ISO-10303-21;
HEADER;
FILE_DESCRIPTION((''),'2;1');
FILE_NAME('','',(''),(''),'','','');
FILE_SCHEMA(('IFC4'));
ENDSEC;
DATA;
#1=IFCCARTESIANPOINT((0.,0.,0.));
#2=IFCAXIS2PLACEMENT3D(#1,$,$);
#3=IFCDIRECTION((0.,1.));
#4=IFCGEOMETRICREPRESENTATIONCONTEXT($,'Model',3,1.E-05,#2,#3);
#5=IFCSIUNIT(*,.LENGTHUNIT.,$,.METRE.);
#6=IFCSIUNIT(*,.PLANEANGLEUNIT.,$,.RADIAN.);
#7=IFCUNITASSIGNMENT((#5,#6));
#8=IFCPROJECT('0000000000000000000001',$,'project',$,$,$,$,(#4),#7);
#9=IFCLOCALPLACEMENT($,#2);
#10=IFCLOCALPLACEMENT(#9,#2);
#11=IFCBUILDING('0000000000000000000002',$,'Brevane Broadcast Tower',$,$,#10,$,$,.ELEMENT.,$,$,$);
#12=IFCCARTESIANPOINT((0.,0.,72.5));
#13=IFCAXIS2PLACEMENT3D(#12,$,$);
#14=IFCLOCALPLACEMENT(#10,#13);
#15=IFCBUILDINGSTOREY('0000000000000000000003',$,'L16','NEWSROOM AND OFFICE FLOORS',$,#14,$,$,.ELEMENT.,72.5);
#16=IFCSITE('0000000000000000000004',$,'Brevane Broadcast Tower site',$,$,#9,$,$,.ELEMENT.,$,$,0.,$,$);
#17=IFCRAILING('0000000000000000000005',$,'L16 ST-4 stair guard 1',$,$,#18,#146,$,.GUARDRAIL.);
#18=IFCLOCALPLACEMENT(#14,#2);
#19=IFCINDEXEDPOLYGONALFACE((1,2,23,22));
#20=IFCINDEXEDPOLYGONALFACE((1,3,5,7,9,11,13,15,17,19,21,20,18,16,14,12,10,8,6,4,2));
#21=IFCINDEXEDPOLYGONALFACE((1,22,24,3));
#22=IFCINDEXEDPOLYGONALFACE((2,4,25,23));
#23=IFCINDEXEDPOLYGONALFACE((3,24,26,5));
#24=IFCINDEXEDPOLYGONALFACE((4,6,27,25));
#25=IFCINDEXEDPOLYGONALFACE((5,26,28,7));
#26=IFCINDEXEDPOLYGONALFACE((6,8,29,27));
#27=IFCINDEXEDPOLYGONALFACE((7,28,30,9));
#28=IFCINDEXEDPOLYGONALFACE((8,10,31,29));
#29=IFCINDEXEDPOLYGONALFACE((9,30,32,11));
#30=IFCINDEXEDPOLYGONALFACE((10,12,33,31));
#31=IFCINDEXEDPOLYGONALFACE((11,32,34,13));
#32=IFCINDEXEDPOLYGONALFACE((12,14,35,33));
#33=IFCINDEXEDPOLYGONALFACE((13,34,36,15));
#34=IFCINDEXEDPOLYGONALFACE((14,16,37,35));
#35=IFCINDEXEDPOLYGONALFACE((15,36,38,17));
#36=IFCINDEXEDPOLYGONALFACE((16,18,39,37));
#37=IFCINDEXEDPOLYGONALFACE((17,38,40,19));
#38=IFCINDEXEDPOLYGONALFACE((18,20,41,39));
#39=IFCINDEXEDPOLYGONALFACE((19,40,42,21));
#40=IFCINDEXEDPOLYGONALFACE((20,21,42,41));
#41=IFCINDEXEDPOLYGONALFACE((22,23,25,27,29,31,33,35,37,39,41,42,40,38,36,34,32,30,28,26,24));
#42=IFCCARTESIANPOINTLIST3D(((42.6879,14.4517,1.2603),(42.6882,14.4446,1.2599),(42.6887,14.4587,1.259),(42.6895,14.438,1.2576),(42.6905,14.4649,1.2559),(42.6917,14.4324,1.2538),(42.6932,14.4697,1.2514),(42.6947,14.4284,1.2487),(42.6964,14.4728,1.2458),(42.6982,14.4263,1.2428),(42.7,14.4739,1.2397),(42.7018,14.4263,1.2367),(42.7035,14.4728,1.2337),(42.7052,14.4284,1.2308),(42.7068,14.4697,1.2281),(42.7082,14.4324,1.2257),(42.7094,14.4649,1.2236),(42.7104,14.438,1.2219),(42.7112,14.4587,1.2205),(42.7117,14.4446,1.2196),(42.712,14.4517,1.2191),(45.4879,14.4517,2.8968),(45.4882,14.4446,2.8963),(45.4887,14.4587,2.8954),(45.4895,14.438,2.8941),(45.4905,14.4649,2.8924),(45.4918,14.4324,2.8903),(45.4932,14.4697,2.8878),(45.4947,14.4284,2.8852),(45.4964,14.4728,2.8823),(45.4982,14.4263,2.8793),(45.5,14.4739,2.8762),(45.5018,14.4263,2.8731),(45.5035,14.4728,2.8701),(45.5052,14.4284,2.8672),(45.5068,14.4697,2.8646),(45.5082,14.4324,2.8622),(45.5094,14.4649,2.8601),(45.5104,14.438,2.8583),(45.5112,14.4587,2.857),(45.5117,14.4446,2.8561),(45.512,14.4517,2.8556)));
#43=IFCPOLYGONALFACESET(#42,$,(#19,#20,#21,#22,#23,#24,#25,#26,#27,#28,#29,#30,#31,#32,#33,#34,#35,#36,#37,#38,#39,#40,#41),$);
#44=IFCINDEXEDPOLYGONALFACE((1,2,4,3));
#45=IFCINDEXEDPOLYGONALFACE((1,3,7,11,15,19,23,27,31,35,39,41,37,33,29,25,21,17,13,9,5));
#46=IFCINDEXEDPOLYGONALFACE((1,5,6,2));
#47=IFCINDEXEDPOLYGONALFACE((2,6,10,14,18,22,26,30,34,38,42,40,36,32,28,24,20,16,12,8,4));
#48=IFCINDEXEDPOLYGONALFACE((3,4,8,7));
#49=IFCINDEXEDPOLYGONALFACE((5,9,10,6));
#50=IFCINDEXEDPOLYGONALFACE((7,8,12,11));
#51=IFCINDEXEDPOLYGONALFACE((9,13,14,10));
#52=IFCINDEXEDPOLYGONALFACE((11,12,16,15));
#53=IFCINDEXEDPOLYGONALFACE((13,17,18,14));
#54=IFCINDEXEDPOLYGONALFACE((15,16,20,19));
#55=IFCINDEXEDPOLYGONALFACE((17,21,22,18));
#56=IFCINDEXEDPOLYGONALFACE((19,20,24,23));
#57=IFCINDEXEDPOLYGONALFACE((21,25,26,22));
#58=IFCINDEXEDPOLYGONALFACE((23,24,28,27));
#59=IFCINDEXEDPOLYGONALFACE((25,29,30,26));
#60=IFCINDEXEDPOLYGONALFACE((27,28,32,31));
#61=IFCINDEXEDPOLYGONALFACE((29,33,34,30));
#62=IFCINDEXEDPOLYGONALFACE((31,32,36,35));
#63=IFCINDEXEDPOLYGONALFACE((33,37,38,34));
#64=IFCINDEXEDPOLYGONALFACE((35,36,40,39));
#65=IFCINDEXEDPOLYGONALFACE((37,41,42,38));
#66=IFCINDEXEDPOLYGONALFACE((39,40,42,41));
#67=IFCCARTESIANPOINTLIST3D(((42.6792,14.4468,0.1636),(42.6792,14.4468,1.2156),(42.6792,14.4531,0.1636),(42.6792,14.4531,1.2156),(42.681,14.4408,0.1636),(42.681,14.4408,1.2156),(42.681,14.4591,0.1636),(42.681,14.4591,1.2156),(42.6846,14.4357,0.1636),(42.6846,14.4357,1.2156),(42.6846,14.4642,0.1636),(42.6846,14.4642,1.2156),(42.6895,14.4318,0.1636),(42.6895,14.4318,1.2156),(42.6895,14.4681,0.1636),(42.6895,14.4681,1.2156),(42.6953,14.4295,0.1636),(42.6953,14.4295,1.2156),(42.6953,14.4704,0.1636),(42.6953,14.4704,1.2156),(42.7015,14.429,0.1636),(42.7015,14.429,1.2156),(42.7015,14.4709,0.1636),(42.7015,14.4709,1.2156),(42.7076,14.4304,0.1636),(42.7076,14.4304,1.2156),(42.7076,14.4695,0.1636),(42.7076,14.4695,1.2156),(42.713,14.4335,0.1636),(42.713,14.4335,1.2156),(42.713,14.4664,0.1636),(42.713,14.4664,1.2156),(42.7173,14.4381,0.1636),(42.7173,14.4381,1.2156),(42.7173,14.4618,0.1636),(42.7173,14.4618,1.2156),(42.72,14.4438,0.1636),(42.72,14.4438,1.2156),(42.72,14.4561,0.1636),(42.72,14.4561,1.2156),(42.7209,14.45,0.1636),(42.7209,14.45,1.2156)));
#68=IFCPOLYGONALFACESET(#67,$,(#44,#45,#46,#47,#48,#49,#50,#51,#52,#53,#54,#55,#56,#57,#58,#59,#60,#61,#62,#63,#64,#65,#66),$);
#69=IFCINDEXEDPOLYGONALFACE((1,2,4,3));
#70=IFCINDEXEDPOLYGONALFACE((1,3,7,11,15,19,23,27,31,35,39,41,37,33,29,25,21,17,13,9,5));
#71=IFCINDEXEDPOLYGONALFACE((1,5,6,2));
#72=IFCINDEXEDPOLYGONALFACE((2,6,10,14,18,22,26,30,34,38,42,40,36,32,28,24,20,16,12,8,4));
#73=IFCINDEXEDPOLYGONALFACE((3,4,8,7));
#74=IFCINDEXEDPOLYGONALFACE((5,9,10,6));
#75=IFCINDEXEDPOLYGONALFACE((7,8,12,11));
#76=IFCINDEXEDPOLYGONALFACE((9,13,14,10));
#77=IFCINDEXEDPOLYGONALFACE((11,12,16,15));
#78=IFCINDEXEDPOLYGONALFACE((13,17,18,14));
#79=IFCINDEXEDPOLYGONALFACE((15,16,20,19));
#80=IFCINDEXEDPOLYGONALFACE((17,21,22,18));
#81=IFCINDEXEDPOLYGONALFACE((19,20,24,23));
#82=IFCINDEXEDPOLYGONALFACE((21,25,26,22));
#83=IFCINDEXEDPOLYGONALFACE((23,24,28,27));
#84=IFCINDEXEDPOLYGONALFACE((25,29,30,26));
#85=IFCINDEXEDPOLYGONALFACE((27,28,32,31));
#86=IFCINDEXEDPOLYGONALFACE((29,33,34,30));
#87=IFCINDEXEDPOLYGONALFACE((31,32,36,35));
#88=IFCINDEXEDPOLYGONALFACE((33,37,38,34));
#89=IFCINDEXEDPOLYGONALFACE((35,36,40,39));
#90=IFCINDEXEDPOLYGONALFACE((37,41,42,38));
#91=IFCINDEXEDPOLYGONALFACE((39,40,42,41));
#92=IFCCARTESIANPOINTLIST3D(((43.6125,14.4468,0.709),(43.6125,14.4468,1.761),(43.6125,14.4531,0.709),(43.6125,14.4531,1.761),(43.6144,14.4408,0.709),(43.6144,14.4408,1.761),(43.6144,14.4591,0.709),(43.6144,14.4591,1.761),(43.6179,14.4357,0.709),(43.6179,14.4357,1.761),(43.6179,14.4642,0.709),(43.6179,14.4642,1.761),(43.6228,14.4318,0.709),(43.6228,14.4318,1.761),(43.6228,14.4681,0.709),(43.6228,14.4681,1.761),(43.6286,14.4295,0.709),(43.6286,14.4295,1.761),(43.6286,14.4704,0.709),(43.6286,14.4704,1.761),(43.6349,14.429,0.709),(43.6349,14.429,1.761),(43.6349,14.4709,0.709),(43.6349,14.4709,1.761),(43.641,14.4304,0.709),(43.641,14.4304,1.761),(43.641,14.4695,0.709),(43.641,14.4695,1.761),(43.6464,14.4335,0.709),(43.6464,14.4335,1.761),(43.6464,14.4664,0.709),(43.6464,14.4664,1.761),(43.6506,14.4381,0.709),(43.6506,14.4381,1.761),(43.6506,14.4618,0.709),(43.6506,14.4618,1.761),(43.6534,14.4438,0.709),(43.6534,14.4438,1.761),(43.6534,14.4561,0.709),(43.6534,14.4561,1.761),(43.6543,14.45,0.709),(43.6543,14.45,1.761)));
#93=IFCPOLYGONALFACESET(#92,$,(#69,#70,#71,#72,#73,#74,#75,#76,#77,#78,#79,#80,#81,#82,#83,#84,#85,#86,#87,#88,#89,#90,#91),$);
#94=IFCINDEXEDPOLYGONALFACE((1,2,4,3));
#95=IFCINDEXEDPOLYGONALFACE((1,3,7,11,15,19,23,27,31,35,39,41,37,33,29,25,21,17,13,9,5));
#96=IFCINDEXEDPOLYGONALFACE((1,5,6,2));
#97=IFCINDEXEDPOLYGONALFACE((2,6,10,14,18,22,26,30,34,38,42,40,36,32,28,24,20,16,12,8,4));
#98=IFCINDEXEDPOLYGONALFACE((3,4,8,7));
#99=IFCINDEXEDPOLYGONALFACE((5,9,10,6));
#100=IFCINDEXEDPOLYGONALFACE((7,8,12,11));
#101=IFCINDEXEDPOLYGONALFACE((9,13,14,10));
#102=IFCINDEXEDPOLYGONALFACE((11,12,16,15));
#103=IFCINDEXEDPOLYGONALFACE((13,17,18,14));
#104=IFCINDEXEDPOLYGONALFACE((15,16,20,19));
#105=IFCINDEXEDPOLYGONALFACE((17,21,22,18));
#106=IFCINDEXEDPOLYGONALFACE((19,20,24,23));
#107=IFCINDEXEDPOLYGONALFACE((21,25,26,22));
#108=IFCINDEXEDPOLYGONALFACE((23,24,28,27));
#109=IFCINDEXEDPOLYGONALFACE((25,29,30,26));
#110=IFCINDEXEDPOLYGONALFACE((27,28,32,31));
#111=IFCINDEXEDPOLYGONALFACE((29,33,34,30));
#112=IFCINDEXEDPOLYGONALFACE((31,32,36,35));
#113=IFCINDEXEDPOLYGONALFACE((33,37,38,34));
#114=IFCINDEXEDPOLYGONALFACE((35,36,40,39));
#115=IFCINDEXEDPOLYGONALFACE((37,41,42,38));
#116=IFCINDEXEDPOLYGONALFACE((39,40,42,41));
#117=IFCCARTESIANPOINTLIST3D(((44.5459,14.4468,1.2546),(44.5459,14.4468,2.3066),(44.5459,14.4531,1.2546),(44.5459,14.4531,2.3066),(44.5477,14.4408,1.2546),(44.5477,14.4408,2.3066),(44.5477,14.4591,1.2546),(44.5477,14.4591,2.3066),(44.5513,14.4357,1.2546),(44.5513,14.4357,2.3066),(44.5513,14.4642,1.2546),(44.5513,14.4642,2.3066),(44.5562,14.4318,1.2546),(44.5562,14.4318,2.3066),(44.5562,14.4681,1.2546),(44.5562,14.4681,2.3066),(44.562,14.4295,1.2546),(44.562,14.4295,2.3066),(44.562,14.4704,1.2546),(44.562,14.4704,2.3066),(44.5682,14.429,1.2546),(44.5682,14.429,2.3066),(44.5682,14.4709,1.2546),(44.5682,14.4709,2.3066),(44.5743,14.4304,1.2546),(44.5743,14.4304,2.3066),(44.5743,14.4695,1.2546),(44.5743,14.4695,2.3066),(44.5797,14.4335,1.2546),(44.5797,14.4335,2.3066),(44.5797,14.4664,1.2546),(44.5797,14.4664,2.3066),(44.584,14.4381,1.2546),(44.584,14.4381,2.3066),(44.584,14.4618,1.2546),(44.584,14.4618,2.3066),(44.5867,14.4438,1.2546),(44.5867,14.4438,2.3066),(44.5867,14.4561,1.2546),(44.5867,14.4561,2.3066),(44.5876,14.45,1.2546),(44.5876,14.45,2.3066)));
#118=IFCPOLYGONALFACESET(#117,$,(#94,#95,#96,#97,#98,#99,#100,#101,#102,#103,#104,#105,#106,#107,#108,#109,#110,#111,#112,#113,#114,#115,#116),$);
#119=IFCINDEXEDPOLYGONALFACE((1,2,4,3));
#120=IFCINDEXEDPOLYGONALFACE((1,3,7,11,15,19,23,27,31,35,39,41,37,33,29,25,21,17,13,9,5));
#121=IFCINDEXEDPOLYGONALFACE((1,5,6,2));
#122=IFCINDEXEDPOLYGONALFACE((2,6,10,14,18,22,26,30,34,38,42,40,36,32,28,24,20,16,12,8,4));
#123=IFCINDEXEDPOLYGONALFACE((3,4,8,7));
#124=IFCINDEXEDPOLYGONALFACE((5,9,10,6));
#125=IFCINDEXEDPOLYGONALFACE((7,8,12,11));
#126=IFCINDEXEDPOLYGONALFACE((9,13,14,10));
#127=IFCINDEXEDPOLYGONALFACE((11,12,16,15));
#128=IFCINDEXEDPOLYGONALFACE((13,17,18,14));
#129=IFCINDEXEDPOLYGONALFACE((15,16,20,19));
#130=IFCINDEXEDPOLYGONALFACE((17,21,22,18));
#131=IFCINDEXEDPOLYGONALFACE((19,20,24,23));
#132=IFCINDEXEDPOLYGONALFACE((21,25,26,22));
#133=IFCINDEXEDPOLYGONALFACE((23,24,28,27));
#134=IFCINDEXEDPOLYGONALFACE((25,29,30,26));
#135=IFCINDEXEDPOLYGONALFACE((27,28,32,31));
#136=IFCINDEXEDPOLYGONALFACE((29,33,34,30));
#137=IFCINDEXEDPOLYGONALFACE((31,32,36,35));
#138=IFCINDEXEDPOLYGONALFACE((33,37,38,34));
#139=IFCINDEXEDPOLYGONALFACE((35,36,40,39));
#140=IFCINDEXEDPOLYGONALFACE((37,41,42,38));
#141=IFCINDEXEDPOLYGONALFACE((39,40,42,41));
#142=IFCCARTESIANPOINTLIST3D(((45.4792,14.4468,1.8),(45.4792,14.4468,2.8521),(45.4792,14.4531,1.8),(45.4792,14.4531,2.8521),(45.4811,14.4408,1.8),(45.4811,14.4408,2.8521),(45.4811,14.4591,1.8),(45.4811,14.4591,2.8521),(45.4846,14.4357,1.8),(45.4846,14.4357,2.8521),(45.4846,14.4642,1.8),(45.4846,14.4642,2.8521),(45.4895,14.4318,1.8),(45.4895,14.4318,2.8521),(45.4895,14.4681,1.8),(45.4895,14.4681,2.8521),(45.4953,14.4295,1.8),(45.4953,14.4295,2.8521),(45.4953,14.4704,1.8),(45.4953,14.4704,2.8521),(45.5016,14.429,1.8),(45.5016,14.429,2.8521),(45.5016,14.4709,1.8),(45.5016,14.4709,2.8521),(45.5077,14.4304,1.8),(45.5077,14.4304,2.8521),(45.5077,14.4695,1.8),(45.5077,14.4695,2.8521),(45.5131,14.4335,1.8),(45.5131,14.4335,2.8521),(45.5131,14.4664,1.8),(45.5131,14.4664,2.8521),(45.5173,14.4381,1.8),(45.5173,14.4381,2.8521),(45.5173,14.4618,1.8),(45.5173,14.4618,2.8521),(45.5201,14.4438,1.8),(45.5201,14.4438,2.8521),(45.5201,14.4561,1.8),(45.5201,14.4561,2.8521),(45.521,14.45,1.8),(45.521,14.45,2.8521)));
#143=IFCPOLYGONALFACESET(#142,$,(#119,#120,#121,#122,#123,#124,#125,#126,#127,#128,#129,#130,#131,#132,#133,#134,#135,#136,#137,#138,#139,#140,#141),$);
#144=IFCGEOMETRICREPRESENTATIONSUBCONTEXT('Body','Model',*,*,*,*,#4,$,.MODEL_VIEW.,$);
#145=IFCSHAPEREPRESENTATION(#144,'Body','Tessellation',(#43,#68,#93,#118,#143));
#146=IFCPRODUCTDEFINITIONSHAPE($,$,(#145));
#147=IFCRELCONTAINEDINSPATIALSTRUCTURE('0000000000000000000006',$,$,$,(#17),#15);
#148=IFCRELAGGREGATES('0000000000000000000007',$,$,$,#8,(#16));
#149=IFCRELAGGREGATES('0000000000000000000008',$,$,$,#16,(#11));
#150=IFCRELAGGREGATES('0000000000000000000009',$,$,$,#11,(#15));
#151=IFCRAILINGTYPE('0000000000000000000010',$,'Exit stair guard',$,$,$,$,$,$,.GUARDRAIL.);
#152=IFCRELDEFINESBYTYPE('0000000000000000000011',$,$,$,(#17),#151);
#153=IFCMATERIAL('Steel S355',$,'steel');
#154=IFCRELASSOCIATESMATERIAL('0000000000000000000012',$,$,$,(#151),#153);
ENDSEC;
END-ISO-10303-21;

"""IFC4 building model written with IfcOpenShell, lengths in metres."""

from ifc_helpers import new_model, si_unit, direction, frame, origin, origin_2d, place, context, subcontext, project, spatial, circle, extrude, material, type_object, element, save


model = new_model("IFC4")

# Units and contexts
model_context = context("Model", 3, precision=1e-05, world=origin(), true_north=direction((0.0, 1.0)))
body_context = subcontext(model_context, "Body", "Model", "MODEL_VIEW")
ifc_project = project(units=[si_unit("LENGTHUNIT", "METRE"), si_unit("PLANEANGLEUNIT", "RADIAN")], contexts=[model_context])

# Site, building, storey
site_placement = place(None, origin())
site = spatial("IfcSite", under=ifc_project, at=site_placement, Name="Brevane Broadcast Tower site", CompositionType="ELEMENT", RefElevation=0.0)
building_placement = place(site_placement, origin())
building = spatial("IfcBuilding", under=site, at=building_placement, Name="Brevane Broadcast Tower", CompositionType="ELEMENT")
storey_placement = place(building_placement, frame((0.0, 0.0, 72.5)))
storey = spatial("IfcBuildingStorey", under=building, at=storey_placement, Name="L16", Description="NEWSROOM AND OFFICE FLOORS", CompositionType="ELEMENT", Elevation=72.5)

# Railing
ifc_material_1 = material(Name="Steel S355", Category="steel")
railing_type_1 = type_object("IfcRailingType", Name="Exit stair guard", PredefinedType="GUARDRAIL", material=ifc_material_1)
railing_1_placement = place(storey_placement, frame((42.7, 14.45, 0.1636)))
element("IfcRailing", 1, at=railing_1_placement, inside=storey, type_object=railing_type_1, Name="L16 ST-4 stair guard 1", PredefinedType="GUARDRAIL", context=body_context, shape_type="SweptSolid", body=[
    extrude(circle(Radius=0.0239, at=origin_2d()), frame((0.0, 0.0, 1.0762), z_axis=(0.863361, 0.0, 0.504587), x_axis=(0.0, 1.0, 0.0)), (0.0, 0.0, 1.0), 3.2432),
    extrude(circle(Radius=0.021, at=origin_2d()), origin(), (0.0, 0.0, 1.0), 1.052),
    extrude(circle(Radius=0.021, at=origin_2d()), frame((0.9333, 0.0, 0.5454)), (0.0, 0.0, 1.0), 1.052),
    extrude(circle(Radius=0.021, at=origin_2d()), frame((1.8667, 0.0, 1.0911)), (0.0, 0.0, 1.0), 1.052),
    extrude(circle(Radius=0.021, at=origin_2d()), frame((2.8, 0.0, 1.6365)), (0.0, 0.0, 1.0), 1.052),
])

save(model, "model.ifc")
